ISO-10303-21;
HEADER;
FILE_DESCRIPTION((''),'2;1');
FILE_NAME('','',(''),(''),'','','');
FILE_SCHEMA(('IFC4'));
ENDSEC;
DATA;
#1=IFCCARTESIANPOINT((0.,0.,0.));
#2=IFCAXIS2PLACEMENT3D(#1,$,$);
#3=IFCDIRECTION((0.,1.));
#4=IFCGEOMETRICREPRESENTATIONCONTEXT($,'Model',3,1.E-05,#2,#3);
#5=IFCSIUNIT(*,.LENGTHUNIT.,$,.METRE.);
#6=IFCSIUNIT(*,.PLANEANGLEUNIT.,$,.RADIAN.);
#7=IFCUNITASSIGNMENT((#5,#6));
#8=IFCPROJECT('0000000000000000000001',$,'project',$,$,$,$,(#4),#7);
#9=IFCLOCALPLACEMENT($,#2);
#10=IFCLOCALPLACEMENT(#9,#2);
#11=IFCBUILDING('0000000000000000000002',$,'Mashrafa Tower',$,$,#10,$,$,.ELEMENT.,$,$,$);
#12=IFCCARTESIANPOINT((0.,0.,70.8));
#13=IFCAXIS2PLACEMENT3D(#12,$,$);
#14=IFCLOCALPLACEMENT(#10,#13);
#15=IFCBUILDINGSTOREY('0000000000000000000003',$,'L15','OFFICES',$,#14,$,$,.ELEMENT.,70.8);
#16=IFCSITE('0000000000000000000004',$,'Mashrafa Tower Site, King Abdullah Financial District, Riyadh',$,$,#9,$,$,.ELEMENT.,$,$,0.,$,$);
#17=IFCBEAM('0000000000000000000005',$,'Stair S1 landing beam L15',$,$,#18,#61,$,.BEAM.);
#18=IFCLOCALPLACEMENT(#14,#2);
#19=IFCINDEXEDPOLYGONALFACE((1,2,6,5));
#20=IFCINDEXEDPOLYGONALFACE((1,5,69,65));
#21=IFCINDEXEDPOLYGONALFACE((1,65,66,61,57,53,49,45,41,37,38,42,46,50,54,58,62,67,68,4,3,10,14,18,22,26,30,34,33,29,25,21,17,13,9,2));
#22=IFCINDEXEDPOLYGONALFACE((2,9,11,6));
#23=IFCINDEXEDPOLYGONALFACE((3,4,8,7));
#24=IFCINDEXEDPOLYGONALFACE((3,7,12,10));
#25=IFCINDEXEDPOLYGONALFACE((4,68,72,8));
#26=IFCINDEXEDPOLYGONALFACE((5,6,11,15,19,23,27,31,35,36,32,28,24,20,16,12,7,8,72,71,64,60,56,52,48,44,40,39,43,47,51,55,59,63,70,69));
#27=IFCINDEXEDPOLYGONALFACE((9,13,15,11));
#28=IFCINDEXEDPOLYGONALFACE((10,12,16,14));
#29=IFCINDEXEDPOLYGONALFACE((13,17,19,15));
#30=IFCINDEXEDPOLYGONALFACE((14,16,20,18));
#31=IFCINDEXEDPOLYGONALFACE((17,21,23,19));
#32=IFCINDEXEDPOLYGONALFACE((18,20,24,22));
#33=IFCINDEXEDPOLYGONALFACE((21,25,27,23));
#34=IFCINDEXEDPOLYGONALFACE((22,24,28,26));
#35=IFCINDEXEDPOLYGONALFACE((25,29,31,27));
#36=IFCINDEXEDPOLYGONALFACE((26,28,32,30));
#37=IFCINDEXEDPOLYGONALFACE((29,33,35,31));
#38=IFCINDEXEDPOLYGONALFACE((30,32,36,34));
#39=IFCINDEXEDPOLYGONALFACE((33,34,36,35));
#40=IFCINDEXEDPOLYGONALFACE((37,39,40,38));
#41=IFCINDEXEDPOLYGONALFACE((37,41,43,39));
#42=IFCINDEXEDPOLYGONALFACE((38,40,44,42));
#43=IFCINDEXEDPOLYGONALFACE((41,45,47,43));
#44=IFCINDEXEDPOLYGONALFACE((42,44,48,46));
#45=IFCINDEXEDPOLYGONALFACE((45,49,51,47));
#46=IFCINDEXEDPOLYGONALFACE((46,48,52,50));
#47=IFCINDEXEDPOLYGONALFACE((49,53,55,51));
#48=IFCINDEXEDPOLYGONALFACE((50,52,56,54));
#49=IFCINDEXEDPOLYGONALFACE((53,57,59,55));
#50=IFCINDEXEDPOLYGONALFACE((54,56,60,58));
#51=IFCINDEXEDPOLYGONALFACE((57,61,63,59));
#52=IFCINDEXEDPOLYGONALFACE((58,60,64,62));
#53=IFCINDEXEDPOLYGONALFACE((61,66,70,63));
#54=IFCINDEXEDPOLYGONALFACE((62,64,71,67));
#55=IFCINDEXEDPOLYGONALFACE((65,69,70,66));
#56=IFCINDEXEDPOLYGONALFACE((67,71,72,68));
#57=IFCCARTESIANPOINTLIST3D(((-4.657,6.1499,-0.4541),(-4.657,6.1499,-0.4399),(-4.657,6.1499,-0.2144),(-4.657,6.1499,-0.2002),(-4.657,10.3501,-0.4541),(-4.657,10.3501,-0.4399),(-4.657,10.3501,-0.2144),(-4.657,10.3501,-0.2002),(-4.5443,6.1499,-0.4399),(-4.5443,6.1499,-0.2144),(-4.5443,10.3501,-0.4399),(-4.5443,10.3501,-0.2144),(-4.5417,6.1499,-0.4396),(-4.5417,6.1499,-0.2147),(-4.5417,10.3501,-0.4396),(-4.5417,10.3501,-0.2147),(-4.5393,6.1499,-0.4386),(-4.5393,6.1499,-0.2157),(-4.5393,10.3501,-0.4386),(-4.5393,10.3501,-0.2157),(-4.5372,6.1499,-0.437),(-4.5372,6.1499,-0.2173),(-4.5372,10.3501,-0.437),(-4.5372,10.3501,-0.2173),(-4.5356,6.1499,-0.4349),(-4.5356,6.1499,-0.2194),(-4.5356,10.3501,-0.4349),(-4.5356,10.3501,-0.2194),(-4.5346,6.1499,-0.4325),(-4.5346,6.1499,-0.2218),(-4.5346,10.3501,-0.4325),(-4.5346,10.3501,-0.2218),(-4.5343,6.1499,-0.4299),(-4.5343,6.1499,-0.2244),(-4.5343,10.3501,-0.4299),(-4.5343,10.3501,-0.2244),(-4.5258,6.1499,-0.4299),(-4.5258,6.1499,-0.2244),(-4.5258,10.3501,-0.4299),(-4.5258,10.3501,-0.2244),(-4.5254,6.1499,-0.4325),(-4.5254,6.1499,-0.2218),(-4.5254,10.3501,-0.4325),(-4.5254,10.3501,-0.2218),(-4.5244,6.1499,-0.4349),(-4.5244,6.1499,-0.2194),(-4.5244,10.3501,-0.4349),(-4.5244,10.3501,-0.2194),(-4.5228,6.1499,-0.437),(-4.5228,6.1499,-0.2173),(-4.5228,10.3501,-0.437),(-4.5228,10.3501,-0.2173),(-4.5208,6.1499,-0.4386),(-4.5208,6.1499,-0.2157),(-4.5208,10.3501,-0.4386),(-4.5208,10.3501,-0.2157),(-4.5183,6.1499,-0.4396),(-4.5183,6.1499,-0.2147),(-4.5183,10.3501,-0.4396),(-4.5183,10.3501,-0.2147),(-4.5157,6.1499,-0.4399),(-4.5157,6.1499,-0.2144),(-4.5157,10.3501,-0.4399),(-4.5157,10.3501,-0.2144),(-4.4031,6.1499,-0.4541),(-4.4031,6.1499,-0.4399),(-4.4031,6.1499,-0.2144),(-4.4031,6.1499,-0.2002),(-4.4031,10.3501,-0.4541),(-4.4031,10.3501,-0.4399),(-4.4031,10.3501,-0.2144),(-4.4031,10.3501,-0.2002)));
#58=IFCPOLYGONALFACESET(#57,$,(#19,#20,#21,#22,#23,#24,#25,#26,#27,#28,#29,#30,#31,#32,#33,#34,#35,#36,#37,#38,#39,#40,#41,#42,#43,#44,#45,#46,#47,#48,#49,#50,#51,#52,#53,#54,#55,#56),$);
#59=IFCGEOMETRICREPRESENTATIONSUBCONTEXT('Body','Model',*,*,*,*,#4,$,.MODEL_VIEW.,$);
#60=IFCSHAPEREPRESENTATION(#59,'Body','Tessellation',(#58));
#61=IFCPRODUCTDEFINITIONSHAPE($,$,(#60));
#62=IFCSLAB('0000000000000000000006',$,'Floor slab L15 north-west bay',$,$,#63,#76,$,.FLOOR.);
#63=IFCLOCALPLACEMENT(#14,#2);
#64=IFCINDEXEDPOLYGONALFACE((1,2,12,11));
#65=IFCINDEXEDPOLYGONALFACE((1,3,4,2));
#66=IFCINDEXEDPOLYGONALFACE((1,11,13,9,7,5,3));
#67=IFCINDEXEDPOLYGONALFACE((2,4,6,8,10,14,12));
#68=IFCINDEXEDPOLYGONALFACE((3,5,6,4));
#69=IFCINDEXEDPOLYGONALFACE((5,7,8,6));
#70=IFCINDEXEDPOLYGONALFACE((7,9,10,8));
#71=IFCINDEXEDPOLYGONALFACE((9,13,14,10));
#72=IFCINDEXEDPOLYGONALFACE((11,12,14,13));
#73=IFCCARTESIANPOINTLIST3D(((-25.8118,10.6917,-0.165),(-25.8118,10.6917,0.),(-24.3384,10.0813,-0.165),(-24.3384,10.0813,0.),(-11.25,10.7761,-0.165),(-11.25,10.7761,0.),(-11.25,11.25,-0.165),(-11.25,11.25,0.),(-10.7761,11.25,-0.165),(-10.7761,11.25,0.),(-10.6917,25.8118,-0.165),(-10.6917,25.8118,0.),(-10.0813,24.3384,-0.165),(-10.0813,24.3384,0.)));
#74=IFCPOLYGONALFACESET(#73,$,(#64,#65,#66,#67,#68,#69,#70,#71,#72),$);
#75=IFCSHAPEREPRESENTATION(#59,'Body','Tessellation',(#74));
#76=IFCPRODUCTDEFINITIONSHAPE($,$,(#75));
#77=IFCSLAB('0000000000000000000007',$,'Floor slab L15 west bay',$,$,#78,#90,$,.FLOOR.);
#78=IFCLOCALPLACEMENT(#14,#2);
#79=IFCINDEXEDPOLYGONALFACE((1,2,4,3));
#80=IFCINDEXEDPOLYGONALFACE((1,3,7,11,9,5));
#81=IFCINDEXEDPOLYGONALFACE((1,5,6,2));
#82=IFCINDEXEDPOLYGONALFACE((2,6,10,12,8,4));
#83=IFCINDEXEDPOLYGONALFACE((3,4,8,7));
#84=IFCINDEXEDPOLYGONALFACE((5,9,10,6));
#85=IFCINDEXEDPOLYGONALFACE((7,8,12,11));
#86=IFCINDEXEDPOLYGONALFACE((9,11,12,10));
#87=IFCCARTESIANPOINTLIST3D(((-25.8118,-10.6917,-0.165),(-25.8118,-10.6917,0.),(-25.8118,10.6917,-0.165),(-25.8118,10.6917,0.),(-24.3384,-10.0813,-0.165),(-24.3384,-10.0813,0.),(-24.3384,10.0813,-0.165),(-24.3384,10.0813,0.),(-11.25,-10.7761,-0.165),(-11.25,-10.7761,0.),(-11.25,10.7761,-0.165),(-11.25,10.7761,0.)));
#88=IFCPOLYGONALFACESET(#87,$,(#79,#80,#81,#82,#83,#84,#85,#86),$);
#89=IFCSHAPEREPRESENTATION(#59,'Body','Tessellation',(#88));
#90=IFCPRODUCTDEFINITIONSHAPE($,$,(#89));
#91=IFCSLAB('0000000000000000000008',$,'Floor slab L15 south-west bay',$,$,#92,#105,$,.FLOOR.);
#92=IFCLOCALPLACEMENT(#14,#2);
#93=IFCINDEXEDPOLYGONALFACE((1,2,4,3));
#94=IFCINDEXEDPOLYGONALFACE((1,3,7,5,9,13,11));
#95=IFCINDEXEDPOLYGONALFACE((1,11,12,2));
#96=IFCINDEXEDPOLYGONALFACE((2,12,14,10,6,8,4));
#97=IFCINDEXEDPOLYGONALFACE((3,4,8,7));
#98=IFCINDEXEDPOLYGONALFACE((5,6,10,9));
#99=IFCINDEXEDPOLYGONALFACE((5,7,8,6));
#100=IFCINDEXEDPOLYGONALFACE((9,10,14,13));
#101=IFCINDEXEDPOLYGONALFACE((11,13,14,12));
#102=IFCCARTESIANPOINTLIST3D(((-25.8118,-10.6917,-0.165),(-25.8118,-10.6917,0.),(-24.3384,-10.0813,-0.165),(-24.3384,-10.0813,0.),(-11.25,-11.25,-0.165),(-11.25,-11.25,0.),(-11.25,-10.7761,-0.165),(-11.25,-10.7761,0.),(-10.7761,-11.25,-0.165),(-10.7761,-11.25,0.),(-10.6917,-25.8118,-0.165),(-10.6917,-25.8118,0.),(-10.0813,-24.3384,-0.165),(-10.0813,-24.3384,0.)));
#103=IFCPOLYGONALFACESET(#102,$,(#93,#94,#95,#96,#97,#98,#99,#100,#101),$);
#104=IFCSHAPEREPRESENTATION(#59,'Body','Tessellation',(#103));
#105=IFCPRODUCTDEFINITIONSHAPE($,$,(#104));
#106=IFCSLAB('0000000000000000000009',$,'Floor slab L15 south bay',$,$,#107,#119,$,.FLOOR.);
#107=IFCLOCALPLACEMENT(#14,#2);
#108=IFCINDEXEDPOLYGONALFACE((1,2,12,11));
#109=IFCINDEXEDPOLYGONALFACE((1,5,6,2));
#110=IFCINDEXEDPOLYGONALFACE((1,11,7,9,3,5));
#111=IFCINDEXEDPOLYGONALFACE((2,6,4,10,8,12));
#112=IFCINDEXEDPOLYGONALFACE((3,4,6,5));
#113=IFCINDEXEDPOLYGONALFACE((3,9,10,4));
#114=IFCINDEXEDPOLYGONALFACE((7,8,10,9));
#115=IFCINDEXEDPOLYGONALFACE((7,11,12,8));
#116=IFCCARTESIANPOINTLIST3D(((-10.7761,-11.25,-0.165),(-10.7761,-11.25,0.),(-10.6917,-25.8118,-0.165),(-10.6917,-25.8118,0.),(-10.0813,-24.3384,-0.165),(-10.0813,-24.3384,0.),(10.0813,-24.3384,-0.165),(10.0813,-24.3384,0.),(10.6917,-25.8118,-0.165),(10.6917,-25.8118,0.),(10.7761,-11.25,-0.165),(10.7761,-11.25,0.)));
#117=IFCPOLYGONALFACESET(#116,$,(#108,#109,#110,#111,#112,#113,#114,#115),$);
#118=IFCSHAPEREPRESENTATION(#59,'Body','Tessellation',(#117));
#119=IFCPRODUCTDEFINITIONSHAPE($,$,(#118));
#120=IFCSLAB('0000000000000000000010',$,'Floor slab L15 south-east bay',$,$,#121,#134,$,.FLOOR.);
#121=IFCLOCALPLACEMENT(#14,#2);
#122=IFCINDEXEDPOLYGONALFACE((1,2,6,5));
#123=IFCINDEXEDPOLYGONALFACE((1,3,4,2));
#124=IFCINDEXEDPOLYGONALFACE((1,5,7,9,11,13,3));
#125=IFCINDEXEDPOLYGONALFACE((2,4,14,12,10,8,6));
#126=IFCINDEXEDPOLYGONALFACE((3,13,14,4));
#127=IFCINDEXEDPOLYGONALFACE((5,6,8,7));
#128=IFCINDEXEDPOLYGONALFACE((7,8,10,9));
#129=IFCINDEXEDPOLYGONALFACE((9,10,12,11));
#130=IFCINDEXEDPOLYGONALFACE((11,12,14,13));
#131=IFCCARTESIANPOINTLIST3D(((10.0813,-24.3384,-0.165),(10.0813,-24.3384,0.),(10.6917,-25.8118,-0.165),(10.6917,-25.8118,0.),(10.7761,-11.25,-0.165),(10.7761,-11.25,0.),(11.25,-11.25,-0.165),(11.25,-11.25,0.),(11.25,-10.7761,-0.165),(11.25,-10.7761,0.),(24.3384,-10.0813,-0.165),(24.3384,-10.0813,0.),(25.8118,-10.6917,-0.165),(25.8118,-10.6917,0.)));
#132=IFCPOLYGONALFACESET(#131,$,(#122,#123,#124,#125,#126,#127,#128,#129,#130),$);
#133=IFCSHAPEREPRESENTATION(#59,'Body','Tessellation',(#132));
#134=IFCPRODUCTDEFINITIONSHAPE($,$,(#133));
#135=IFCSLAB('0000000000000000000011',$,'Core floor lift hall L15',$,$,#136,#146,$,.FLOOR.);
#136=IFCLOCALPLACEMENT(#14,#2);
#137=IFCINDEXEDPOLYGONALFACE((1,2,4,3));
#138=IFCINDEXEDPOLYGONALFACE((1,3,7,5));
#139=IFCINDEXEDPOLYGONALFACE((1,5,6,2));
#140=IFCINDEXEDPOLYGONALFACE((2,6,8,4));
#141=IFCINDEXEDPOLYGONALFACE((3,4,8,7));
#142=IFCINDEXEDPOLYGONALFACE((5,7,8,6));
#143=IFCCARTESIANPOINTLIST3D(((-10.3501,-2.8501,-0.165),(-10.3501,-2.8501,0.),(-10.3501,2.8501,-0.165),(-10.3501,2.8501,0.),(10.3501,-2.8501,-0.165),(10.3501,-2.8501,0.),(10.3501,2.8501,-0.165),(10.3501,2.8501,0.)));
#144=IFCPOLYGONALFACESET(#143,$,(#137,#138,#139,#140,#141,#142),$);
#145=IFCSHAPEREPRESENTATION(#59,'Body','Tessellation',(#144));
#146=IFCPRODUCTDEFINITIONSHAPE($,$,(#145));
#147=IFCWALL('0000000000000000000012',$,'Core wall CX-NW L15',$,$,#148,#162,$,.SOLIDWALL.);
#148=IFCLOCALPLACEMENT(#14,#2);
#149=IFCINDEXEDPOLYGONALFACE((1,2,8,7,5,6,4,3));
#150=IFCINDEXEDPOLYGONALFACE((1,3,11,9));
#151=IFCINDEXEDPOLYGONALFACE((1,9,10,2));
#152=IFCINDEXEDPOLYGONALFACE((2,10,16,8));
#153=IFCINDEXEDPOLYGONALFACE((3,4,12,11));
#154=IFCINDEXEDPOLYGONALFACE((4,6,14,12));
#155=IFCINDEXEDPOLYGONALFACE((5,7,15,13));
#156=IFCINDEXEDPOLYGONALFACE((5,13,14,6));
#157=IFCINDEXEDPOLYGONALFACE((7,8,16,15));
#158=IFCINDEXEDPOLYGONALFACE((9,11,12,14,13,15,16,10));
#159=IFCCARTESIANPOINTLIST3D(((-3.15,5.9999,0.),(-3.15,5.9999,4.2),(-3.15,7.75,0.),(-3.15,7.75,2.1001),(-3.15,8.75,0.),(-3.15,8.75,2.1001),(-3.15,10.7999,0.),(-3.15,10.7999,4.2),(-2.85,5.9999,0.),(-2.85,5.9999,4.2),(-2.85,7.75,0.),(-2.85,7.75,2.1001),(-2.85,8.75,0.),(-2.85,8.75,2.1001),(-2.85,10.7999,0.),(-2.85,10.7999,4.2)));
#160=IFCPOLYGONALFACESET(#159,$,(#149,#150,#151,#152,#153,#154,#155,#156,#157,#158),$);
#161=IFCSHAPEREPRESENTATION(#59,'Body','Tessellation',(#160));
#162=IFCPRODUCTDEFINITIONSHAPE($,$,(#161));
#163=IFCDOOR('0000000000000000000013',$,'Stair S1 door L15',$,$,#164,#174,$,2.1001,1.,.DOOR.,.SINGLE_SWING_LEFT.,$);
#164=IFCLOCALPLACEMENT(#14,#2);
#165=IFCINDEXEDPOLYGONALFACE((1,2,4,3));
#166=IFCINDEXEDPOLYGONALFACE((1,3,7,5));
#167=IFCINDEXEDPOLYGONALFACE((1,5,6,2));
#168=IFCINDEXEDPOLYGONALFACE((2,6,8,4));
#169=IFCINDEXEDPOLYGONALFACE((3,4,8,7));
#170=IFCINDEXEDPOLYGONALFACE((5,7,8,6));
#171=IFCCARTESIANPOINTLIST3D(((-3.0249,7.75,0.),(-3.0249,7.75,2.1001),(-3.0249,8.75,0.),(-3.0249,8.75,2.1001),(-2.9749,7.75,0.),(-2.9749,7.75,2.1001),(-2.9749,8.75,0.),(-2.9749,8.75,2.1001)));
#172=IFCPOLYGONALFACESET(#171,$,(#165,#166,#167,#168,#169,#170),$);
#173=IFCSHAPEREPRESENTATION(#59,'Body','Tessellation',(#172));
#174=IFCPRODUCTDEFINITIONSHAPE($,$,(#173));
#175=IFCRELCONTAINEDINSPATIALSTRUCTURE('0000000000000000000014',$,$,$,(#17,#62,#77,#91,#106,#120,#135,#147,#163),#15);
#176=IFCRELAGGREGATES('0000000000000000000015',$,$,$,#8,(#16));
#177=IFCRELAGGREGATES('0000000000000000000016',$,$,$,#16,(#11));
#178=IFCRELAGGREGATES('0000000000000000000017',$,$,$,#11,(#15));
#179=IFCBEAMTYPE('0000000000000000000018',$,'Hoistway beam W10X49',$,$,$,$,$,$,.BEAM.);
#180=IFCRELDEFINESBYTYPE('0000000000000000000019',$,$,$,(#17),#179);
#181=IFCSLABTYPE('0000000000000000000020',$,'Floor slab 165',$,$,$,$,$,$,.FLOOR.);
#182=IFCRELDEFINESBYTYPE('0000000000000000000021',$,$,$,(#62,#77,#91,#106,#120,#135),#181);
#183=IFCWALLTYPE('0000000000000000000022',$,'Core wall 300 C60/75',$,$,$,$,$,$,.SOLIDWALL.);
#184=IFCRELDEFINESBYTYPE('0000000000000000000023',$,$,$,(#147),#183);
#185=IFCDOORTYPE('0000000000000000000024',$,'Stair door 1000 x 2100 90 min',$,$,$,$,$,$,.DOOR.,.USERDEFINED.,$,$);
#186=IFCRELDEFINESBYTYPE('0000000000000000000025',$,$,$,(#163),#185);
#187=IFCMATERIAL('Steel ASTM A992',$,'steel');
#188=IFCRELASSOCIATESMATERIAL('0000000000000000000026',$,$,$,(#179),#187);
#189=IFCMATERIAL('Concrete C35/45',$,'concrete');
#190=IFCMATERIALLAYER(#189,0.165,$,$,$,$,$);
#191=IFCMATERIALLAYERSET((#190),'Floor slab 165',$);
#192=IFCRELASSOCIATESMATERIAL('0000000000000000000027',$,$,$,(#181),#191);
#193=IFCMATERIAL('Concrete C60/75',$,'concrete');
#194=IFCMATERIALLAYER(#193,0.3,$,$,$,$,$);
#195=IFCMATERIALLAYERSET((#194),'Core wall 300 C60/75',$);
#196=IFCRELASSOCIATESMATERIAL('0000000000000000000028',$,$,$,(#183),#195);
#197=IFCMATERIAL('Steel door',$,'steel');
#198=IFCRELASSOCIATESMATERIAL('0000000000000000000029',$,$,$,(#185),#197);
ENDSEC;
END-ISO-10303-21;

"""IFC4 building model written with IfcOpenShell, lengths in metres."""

from ifc_helpers import new_model, si_unit, direction, frame, frame_2d, origin, origin_2d, place, context, subcontext, project, spatial, polyline, rectangle, i_section, outline, extrude, material, layer, layer_set, material_profile, profile_set, type_object, element, fill, save


model = new_model("IFC4")

# Units and contexts
model_context = context("Model", 3, precision=1e-05, world=origin(), true_north=direction((0.0, 1.0)))
body_context = subcontext(model_context, "Body", "Model", "MODEL_VIEW")
ifc_project = project(units=[si_unit("LENGTHUNIT", "METRE"), si_unit("PLANEANGLEUNIT", "RADIAN")], contexts=[model_context])

# Site, building, storey
site_placement = place(None, origin())
site = spatial("IfcSite", under=ifc_project, at=site_placement, Name="Mashrafa Tower Site, King Abdullah Financial District, Riyadh", CompositionType="ELEMENT", RefElevation=0.0)
building_placement = place(site_placement, origin())
building = spatial("IfcBuilding", under=site, at=building_placement, Name="Mashrafa Tower", CompositionType="ELEMENT")
storey_placement = place(building_placement, frame((0.0, 0.0, 70.8)))
storey = spatial("IfcBuildingStorey", under=building, at=storey_placement, Name="L15", Description="OFFICES", CompositionType="ELEMENT", Elevation=70.8)

# Beam
ifc_material_1 = material(Name="Steel ASTM A992", Category="steel")
ifc_material_profile = material_profile(ifc_material_1, i_section(OverallWidth=0.2539, OverallDepth=0.2539, WebThickness=0.0085, FlangeThickness=0.0142, FilletRadius=0.01, at=origin_2d()), Name="W10X49")
ifc_profile_set = profile_set([ifc_material_profile], Name="Steel ASTM A992")
beam_type = type_object("IfcBeamType", Name="Hoistway beam W10X49", PredefinedType="BEAM", material=ifc_profile_set)
beam_placement = place(storey_placement, frame((-4.53, 6.1499, -0.3271), z_axis=(0.0, 1.0, 0.0), x_axis=(-1.0, 0.0, 0.0)))
element("IfcBeam", 1, at=beam_placement, inside=storey, type_object=beam_type, Name="Stair S1 landing beam L15", PredefinedType="BEAM", context=body_context, shape_type="SweptSolid", body=[
    extrude(i_section(OverallWidth=0.2539, OverallDepth=0.2539, WebThickness=0.0085, FlangeThickness=0.0142, FilletRadius=0.01, at=origin_2d()), origin(), (0.0, 0.0, 1.0), 4.2002),
])

# Slabs
ifc_material_2 = material(Name="Concrete C35/45", Category="concrete")
ifc_layer_1 = layer(ifc_material_2, 0.165)
ifc_layer_set_1 = layer_set([ifc_layer_1], Name="Floor slab 165")
slab_type = type_object("IfcSlabType", Name="Floor slab 165", PredefinedType="FLOOR", material=ifc_layer_set_1)
slab_1_placement = place(storey_placement, frame((0.0, 0.0, -0.165)))
element("IfcSlab", 2, at=slab_1_placement, inside=storey, type_object=slab_type, Name="Floor slab L15 north-west bay", PredefinedType="FLOOR", context=body_context, shape_type="SweptSolid", body=[
    extrude(outline(polyline([(-10.6917, 25.8118), (-10.0813, 24.3384), (-10.7761, 11.25), (-11.25, 11.25), (-11.25, 10.7761), (-24.3384, 10.0813), (-25.8118, 10.6917), (-10.6917, 25.8118)])), origin(), (0.0, 0.0, 1.0), 0.165),
])
slab_2_placement = place(storey_placement, frame((0.0, 0.0, -0.165)))
element("IfcSlab", 3, at=slab_2_placement, inside=storey, type_object=slab_type, Name="Floor slab L15 west bay", PredefinedType="FLOOR", context=body_context, shape_type="SweptSolid", body=[
    extrude(outline(polyline([(-25.8118, -10.6917), (-25.8118, 10.6917), (-25.8118, 10.6917), (-24.3384, 10.0813), (-11.25, 10.7761), (-11.25, -10.7761), (-24.3384, -10.0813), (-25.8118, -10.6917), (-25.8118, -10.6917)])), origin(), (0.0, 0.0, 1.0), 0.165),
])
slab_3_placement = place(storey_placement, frame((0.0, 0.0, -0.165)))
element("IfcSlab", 4, at=slab_3_placement, inside=storey, type_object=slab_type, Name="Floor slab L15 south-west bay", PredefinedType="FLOOR", context=body_context, shape_type="SweptSolid", body=[
    extrude(outline(polyline([(-25.8118, -10.6917), (-24.3384, -10.0813), (-11.25, -10.7761), (-11.25, -11.25), (-10.7761, -11.25), (-10.0813, -24.3384), (-10.6917, -25.8118), (-25.8118, -10.6917)])), origin(), (0.0, 0.0, 1.0), 0.165),
])
slab_4_placement = place(storey_placement, frame((0.0, 0.0, -0.165)))
element("IfcSlab", 5, at=slab_4_placement, inside=storey, type_object=slab_type, Name="Floor slab L15 south bay", PredefinedType="FLOOR", context=body_context, shape_type="SweptSolid", body=[
    extrude(outline(polyline([(-10.6917, -25.8118), (-10.6917, -25.8118), (-10.0813, -24.3384), (-10.7761, -11.25), (10.7761, -11.25), (10.0813, -24.3384), (10.6917, -25.8118), (10.6917, -25.8118), (-10.6917, -25.8118)])), origin(), (0.0, 0.0, 1.0), 0.165),
])
slab_5_placement = place(storey_placement, frame((0.0, 0.0, -0.165)))
element("IfcSlab", 6, at=slab_5_placement, inside=storey, type_object=slab_type, Name="Floor slab L15 south-east bay", PredefinedType="FLOOR", context=body_context, shape_type="SweptSolid", body=[
    extrude(outline(polyline([(10.6917, -25.8118), (10.0813, -24.3384), (10.7761, -11.25), (11.25, -11.25), (11.25, -10.7761), (24.3384, -10.0813), (25.8118, -10.6917), (10.6917, -25.8118)])), origin(), (0.0, 0.0, 1.0), 0.165),
])
slab_6_placement = place(storey_placement, frame((0.0, 0.0, -0.165)))
element("IfcSlab", 7, at=slab_6_placement, inside=storey, type_object=slab_type, Name="Core floor lift hall L15", PredefinedType="FLOOR", context=body_context, shape_type="SweptSolid", body=[
    extrude(outline(polyline([(-10.3501, 2.8501), (10.3501, 2.8501), (10.3501, -2.8501), (-10.3501, -2.8501), (-10.3501, 2.8501)])), origin(), (0.0, 0.0, 1.0), 0.165),
])

# Wall, opening, door
ifc_material_3 = material(Name="Concrete C60/75", Category="concrete")
ifc_layer_2 = layer(ifc_material_3, 0.3)
ifc_layer_set_2 = layer_set([ifc_layer_2], Name="Core wall 300 C60/75")
wall_type_1 = type_object("IfcWallType", Name="Core wall 300 C60/75", PredefinedType="SOLIDWALL", material=ifc_layer_set_2)
wall_1_placement = place(storey_placement, frame((-3.0, 6.0, 0.0), z_axis=(0.0, 0.0, 1.0), x_axis=(0.0, 1.0, 0.0)))
wall_1 = element("IfcWall", 8, at=wall_1_placement, inside=storey, type_object=wall_type_1, Name="Core wall CX-NW L15", PredefinedType="SOLIDWALL", context=body_context, shape_type="SweptSolid", body=[
    extrude(rectangle(XDim=4.8, YDim=0.3, at=frame_2d((2.3999, 0.0))), origin(), (0.0, 0.0, 1.0), 4.2),
])
opening_placement = place(wall_1_placement, frame((1.75, 0.0, 0.0)))
opening = element("IfcOpeningElement", 9, at=opening_placement, cuts=wall_1, PredefinedType="OPENING", context=body_context, shape_type="SweptSolid", body=[
    extrude(rectangle(XDim=1.0, YDim=2.1001, at=frame_2d((0.5, 1.05))), frame((0.0, 0.1599, 0.0), z_axis=(0.0, -1.0, 0.0), x_axis=(1.0, 0.0, 0.0)), (0.0, 0.0, 1.0), 0.3201),
])
ifc_material_4 = material(Name="Steel door", Category="steel")
door_type = type_object("IfcDoorType", Name="Stair door 1000 x 2100 90 min", OperationType="USERDEFINED", PredefinedType="DOOR", material=ifc_material_4)
door_placement = place(opening_placement, origin())
door = element("IfcDoor", 10, at=door_placement, inside=storey, type_object=door_type, Name="Stair S1 door L15", OperationType="SINGLE_SWING_LEFT", OverallHeight=2.1001, OverallWidth=1.0, PredefinedType="DOOR", context=body_context, shape_type="SweptSolid", body=[
    extrude(rectangle(XDim=1.0, YDim=2.1001, at=frame_2d((0.5, 1.05))), frame((0.0, 0.0249, 0.0), z_axis=(0.0, -1.0, 0.0), x_axis=(1.0, 0.0, 0.0)), (0.0, 0.0, 1.0), 0.05),
])
fill(opening, door)

save(model, "model.ifc")
